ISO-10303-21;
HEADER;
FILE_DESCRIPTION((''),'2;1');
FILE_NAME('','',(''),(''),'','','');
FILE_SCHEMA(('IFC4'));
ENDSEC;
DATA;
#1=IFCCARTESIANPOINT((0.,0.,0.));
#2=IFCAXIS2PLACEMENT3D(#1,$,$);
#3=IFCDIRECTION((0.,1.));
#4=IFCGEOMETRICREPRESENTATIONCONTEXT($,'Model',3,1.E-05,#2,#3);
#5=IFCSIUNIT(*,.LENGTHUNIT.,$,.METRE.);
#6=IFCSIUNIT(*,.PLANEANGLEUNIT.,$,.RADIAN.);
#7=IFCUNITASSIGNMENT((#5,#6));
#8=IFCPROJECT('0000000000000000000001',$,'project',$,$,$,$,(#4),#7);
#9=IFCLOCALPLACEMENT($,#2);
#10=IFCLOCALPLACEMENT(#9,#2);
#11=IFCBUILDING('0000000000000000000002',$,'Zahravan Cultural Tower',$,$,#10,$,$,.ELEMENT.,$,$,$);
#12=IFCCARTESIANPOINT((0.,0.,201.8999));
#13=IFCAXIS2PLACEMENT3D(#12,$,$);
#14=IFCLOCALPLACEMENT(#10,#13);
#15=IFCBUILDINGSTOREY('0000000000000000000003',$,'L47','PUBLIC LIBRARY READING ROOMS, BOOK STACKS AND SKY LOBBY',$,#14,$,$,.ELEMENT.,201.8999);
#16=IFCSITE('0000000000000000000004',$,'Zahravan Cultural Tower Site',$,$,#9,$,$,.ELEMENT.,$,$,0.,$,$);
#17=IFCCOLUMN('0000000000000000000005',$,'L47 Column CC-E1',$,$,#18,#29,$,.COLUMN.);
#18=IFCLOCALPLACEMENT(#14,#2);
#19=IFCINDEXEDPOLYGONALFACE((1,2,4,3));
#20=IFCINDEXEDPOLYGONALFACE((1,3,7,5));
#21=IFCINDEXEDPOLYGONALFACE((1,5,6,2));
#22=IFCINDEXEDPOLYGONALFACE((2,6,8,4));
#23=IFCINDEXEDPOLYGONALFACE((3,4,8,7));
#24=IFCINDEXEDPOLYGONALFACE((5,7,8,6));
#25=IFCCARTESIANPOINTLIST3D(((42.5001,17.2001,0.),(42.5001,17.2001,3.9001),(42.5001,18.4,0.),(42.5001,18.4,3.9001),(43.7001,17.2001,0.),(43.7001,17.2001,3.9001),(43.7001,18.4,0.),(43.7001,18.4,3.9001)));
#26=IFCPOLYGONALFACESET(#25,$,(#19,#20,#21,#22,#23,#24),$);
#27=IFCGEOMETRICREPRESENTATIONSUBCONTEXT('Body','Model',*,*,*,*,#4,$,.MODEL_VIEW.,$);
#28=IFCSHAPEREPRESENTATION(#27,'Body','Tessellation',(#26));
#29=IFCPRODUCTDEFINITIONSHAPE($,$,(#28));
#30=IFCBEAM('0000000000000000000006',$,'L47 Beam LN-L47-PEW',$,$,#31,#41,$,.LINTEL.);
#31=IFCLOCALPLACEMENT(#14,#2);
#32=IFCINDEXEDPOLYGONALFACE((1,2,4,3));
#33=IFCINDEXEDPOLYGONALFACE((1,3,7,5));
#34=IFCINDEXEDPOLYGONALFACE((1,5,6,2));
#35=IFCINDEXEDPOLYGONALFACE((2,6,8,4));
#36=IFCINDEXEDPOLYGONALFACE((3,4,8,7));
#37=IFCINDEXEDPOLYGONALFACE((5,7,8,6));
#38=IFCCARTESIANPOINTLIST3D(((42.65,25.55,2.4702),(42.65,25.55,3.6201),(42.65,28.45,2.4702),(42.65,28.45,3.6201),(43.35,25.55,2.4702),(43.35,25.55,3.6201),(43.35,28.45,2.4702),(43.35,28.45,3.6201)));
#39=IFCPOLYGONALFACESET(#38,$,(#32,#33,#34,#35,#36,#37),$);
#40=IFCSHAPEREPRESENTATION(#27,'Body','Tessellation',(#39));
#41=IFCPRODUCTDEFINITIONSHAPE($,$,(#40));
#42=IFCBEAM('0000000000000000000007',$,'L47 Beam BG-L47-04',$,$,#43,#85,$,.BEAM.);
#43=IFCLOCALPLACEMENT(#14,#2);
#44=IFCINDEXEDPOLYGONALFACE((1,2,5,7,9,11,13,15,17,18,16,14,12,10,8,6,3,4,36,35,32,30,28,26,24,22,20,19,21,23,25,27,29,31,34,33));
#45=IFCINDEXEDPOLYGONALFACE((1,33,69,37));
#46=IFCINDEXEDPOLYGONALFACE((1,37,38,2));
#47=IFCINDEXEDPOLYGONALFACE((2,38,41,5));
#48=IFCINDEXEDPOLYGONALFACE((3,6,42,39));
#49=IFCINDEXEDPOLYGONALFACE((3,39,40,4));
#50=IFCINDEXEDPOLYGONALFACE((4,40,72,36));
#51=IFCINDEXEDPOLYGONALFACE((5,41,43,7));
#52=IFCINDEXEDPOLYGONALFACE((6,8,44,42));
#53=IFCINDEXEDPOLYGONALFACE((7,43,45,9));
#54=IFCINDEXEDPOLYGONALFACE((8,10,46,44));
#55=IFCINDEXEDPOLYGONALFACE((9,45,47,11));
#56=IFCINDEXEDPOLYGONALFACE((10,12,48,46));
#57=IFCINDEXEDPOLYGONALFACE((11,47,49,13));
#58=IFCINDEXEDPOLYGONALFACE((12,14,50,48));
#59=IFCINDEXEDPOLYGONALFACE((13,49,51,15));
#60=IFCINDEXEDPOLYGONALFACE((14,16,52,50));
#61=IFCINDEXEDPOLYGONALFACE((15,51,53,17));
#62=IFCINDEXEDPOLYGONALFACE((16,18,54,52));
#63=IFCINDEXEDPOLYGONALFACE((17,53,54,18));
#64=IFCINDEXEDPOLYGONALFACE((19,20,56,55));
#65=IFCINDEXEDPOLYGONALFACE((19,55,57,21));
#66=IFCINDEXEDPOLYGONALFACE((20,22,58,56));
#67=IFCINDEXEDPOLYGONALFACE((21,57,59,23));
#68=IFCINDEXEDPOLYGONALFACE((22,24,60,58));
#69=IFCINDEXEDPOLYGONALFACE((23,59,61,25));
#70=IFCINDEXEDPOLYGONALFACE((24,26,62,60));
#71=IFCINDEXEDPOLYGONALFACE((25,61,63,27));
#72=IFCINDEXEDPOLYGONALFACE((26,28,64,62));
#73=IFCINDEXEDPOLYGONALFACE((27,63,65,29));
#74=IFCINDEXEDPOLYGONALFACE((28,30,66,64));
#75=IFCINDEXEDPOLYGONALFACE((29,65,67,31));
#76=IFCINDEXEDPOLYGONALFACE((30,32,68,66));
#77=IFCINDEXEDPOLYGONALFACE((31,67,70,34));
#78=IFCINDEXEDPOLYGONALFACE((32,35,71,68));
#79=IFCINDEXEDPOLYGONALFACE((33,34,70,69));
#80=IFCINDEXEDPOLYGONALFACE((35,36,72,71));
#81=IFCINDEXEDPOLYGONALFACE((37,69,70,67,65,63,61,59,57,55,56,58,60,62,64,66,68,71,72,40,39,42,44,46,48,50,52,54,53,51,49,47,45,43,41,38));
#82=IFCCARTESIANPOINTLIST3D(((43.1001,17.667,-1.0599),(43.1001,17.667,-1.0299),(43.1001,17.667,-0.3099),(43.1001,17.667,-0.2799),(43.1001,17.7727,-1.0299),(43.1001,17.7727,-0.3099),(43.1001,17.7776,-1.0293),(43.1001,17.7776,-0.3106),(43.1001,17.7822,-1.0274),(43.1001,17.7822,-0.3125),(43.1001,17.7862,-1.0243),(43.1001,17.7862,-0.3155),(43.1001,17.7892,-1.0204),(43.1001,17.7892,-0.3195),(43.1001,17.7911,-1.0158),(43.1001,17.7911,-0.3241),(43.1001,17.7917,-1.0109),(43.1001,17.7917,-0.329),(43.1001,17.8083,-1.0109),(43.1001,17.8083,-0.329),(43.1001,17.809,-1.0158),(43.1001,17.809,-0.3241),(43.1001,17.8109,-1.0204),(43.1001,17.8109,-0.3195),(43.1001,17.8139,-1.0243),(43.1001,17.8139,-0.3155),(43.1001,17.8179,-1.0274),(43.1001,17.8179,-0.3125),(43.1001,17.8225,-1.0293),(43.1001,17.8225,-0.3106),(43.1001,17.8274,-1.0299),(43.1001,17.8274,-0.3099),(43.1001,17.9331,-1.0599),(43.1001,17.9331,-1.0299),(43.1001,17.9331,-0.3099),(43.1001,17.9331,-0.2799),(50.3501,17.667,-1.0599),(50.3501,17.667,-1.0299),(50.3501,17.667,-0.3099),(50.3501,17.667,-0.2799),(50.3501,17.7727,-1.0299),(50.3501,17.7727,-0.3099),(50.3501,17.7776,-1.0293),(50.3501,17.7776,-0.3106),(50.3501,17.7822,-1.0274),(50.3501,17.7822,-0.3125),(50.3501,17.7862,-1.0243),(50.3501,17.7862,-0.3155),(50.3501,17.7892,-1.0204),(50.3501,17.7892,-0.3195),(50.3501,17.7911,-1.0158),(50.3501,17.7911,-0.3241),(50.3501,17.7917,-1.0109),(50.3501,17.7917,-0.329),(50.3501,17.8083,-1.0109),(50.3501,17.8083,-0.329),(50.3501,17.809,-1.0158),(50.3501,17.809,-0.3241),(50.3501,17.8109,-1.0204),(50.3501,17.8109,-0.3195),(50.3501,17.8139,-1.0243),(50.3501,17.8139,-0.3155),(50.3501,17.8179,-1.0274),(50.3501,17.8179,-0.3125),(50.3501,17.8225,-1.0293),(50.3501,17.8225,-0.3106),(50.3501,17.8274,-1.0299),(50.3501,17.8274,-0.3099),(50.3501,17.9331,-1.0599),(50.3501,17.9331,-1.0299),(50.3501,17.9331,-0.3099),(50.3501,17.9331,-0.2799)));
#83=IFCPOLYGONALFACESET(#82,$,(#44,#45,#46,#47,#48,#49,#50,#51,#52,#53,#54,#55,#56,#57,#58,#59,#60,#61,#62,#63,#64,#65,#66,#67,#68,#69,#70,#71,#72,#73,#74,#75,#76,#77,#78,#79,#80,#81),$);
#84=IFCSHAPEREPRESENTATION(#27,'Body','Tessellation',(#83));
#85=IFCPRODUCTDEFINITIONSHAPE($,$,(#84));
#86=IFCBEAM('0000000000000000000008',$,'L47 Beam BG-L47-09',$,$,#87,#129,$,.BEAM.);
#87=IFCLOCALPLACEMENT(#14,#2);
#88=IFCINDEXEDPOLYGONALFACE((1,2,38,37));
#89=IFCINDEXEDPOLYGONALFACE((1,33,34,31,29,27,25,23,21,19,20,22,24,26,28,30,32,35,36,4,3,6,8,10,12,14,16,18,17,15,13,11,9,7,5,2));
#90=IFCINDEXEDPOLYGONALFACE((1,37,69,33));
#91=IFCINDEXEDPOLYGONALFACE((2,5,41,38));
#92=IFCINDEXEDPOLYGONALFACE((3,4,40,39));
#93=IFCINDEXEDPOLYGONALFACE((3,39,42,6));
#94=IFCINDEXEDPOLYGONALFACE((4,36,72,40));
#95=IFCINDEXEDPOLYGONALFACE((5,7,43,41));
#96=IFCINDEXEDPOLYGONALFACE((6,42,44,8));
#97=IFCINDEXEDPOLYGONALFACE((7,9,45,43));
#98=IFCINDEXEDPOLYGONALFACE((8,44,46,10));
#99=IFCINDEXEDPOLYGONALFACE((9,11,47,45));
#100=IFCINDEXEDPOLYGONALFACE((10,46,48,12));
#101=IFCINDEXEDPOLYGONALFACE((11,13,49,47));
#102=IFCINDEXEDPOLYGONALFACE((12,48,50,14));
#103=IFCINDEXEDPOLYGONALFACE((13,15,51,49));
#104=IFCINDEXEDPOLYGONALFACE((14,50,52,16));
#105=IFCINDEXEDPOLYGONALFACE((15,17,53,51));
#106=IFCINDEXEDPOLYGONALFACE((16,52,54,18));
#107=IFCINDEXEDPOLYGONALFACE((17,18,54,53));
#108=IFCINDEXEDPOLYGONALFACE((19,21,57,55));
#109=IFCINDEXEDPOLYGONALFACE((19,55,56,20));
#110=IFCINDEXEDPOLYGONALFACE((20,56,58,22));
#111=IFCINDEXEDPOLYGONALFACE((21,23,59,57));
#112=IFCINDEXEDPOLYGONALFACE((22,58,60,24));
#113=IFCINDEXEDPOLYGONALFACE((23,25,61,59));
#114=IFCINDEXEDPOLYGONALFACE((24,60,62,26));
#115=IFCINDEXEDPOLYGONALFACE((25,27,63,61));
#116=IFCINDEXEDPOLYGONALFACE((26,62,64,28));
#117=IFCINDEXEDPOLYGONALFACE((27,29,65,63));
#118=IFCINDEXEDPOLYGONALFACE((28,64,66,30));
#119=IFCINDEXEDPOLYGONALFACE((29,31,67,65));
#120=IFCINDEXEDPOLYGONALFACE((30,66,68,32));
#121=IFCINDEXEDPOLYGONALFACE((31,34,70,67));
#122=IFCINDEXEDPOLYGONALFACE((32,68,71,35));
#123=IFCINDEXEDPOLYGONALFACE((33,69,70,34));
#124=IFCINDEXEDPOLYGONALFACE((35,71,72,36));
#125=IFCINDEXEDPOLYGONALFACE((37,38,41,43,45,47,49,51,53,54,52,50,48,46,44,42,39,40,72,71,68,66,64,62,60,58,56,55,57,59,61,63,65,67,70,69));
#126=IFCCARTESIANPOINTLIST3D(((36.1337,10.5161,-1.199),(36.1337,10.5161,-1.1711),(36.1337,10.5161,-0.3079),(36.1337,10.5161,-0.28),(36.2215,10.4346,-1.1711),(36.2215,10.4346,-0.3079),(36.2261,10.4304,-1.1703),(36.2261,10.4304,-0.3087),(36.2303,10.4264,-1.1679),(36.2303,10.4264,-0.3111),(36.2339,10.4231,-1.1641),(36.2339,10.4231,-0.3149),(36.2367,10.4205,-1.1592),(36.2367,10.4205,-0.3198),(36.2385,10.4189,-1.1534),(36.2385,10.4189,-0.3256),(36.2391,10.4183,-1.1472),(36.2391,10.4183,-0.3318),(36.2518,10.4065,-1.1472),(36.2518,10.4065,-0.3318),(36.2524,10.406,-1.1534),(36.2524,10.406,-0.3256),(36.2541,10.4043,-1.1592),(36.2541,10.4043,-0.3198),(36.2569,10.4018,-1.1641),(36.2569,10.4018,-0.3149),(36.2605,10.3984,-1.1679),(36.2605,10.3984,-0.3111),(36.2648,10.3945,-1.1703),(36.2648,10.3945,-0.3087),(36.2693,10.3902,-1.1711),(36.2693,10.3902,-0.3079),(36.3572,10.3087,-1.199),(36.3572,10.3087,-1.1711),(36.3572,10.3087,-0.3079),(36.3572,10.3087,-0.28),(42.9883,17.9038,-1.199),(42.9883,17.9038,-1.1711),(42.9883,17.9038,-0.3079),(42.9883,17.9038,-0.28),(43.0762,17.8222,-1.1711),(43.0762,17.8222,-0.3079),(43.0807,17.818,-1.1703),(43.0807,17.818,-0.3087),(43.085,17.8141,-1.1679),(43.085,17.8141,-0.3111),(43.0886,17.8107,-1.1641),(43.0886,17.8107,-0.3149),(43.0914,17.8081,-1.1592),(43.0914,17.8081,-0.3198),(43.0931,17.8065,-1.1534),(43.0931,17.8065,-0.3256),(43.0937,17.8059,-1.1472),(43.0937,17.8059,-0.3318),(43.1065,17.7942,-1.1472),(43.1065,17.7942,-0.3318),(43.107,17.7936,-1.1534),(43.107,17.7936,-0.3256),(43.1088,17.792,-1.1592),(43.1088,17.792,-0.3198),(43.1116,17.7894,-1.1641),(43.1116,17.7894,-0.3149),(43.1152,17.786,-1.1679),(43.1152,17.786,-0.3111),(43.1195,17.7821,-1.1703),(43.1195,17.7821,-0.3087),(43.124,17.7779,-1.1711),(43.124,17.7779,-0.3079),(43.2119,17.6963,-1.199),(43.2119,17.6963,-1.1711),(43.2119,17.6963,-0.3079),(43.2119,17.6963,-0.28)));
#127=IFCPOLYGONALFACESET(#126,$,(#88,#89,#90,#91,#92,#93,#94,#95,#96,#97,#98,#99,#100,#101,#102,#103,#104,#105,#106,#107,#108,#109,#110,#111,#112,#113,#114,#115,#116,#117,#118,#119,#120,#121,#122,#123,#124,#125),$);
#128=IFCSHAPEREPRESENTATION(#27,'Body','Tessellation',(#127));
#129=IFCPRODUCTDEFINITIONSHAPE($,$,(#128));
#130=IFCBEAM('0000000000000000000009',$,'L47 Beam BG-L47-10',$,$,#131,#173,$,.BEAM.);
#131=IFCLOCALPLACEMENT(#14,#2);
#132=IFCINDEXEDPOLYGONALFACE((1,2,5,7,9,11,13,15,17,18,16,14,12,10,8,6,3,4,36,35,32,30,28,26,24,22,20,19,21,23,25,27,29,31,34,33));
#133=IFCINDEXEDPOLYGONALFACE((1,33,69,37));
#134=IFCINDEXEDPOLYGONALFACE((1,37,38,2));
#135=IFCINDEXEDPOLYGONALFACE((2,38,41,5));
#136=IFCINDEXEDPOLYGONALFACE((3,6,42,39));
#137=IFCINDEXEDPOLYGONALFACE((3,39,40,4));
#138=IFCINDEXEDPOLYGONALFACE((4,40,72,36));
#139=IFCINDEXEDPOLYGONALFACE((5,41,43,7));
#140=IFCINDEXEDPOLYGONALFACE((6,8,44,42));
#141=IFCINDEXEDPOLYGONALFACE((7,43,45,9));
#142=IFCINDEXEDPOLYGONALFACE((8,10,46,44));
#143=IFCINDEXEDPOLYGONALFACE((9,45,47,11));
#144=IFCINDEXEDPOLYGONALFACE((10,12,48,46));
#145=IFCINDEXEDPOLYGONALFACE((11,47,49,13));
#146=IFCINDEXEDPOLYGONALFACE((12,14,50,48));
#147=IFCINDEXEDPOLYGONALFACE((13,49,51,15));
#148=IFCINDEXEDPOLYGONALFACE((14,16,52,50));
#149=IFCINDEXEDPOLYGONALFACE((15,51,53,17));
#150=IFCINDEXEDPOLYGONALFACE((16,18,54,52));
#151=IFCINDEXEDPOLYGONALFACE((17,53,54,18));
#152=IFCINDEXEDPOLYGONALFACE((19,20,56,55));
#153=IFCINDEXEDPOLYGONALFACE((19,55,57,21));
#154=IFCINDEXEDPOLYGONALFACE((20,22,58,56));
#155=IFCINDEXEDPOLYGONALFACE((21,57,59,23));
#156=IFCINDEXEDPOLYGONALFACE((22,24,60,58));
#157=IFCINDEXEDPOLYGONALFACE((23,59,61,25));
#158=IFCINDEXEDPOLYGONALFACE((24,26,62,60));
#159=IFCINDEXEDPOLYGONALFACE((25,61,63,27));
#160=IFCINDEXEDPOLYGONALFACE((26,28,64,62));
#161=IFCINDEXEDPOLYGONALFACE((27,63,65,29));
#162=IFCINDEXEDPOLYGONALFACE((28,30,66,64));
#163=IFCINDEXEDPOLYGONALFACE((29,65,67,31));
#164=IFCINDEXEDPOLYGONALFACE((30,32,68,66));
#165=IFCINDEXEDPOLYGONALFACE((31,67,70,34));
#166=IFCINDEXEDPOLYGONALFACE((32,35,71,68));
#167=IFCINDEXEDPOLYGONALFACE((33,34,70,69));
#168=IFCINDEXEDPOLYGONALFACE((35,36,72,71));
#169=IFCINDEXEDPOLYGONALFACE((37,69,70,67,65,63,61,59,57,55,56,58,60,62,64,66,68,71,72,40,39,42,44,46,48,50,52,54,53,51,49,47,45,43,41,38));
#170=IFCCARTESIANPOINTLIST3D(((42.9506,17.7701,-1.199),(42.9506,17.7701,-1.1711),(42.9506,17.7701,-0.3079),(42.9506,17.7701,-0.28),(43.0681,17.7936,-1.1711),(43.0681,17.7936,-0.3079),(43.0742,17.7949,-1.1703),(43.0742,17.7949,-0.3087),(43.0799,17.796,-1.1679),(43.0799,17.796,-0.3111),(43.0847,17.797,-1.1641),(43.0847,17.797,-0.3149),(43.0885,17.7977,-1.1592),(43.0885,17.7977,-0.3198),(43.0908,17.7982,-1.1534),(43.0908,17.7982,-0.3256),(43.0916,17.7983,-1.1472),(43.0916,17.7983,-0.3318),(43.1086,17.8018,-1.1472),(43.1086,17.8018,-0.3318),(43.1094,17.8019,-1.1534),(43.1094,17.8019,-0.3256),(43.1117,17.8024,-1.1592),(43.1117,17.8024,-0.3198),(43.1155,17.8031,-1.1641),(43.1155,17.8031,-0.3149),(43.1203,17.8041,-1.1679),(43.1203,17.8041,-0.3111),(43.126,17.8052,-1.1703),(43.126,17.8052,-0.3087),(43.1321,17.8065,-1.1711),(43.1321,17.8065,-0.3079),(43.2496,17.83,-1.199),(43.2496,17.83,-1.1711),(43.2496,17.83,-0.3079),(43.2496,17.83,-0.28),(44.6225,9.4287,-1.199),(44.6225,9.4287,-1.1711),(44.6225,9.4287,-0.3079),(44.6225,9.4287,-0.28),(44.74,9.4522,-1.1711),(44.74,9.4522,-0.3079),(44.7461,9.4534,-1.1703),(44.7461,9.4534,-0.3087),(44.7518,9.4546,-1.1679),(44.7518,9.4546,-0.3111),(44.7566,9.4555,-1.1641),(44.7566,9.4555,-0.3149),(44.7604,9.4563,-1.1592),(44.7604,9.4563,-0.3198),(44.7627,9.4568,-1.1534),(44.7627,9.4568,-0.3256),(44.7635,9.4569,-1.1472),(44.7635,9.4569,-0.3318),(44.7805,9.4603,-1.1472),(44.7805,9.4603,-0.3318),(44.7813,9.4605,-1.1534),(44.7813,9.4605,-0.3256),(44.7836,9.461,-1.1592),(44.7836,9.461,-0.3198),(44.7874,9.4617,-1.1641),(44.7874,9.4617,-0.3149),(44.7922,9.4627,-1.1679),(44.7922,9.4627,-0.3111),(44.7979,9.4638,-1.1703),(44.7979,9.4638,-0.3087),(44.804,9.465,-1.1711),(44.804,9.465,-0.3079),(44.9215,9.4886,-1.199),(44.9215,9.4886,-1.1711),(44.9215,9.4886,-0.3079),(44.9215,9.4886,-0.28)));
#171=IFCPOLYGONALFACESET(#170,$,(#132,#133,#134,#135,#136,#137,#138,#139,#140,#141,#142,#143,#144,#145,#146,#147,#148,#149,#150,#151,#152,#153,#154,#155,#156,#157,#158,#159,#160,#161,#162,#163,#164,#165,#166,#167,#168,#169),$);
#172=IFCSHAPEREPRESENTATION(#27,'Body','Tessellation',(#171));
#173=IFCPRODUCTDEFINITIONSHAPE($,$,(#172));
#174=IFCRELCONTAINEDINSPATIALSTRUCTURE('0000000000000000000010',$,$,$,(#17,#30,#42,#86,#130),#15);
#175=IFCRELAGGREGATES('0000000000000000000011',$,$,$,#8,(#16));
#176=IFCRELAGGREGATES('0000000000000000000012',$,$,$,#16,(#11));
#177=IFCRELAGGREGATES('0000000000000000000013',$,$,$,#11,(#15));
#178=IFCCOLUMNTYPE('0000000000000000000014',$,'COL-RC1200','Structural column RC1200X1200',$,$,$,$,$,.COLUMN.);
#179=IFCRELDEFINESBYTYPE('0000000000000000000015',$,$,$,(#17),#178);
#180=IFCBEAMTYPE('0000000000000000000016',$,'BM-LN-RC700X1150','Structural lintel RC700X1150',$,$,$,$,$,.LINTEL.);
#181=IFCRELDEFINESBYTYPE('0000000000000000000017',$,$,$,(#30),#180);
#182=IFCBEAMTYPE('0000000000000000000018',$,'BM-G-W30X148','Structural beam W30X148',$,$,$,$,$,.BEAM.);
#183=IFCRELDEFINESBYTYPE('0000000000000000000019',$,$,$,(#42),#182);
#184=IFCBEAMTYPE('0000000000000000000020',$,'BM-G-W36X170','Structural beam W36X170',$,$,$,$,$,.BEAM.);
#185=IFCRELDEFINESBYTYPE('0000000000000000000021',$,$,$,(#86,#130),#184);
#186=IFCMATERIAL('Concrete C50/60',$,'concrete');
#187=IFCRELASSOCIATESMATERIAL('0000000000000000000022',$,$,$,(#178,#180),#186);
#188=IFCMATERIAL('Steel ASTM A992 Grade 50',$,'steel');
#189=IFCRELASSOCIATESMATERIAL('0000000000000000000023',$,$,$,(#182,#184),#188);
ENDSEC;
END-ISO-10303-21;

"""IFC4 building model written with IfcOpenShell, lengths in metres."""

from ifc_helpers import new_model, si_unit, direction, frame, origin, origin_2d, place, context, subcontext, project, spatial, rectangle, i_section, extrude, source, transform, mapped, material, material_profile, profile_set, type_object, element, save


model = new_model("IFC4")

# Units and contexts
model_context = context("Model", 3, precision=1e-05, world=origin(), true_north=direction((0.0, 1.0)))
body_context = subcontext(model_context, "Body", "Model", "MODEL_VIEW")
ifc_project = project(units=[si_unit("LENGTHUNIT", "METRE"), si_unit("PLANEANGLEUNIT", "RADIAN")], contexts=[model_context])

# Site, building, storey
site_placement = place(None, origin())
site = spatial("IfcSite", under=ifc_project, at=site_placement, Name="Zahravan Cultural Tower Site", CompositionType="ELEMENT", RefElevation=0.0)
building_placement = place(site_placement, origin())
building = spatial("IfcBuilding", under=site, at=building_placement, Name="Zahravan Cultural Tower", CompositionType="ELEMENT")
storey_placement = place(building_placement, frame((0.0, 0.0, 201.8999)))
storey = spatial("IfcBuildingStorey", under=building, at=storey_placement, Name="L47", Description="PUBLIC LIBRARY READING ROOMS, BOOK STACKS AND SKY LOBBY", CompositionType="ELEMENT", Elevation=201.8999)

# Column
ifc_material_1 = material(Name="Concrete C50/60", Category="concrete")
ifc_material_profile_1 = material_profile(ifc_material_1, rectangle(XDim=1.2, YDim=1.2, at=origin_2d()), Name="RC1200X1200")
ifc_profile_set_1 = profile_set([ifc_material_profile_1], Name="Concrete C50/60")
column_type = type_object("IfcColumnType", Name="COL-RC1200", Description="Structural column RC1200X1200", PredefinedType="COLUMN", material=ifc_profile_set_1)
shared_shape_1 = source(origin(), body_context, "Body", "SweptSolid", [
    extrude(rectangle(XDim=1.2, YDim=1.2, at=origin_2d()), origin(), (0.0, 0.0, 1.0), 3.9001),
])
column_placement = place(storey_placement, frame((43.1001, 17.8, 0.0), z_axis=(0.0, 0.0, 1.0), x_axis=(1.0, 0.0, 0.0)))
element("IfcColumn", 1, at=column_placement, inside=storey, type_object=column_type, Name="L47 Column CC-E1", PredefinedType="COLUMN", context=body_context, shape_type="MappedRepresentation", body=[
    mapped(shared_shape_1, transform((0.0, 0.0, 0.0), x_axis=(1.0, 0.0, 0.0), y_axis=(0.0, 1.0, 0.0), z_axis=(0.0, 0.0, 1.0), scale=1.0)),
])

# Beams
ifc_material_profile_2 = material_profile(ifc_material_1, rectangle(XDim=0.7, YDim=1.1499, at=origin_2d()), Name="RC700X1150")
ifc_profile_set_2 = profile_set([ifc_material_profile_2], Name="Concrete C50/60")
beam_type_1 = type_object("IfcBeamType", Name="BM-LN-RC700X1150", Description="Structural lintel RC700X1150", PredefinedType="LINTEL", material=ifc_profile_set_2)
shared_shape_2 = source(origin(), body_context, "Body", "SweptSolid", [
    extrude(rectangle(XDim=0.7, YDim=1.1499, at=origin_2d()), origin(), (0.0, 0.0, 1.0), 2.8999),
])
beam_1_placement = place(storey_placement, frame((43.0, 25.55, 3.0452), z_axis=(0.0, 1.0, 0.0), x_axis=(-1.0, 0.0, 0.0)))
element("IfcBeam", 2, at=beam_1_placement, inside=storey, type_object=beam_type_1, Name="L47 Beam LN-L47-PEW", PredefinedType="LINTEL", context=body_context, shape_type="MappedRepresentation", body=[
    mapped(shared_shape_2, transform((0.0, 0.0, 0.0), x_axis=(1.0, 0.0, 0.0), y_axis=(0.0, 1.0, 0.0), z_axis=(0.0, 0.0, 1.0), scale=1.0)),
])
ifc_material_2 = material(Name="Steel ASTM A992 Grade 50", Category="steel")
ifc_material_profile_3 = material_profile(ifc_material_2, i_section(OverallWidth=0.2661, OverallDepth=0.78, WebThickness=0.0166, FlangeThickness=0.03, FilletRadius=0.019, at=origin_2d()), Name="W30X148")
ifc_profile_set_3 = profile_set([ifc_material_profile_3], Name="Steel ASTM A992 Grade 50")
beam_type_2 = type_object("IfcBeamType", Name="BM-G-W30X148", Description="Structural beam W30X148", PredefinedType="BEAM", material=ifc_profile_set_3)
shared_shape_3 = source(origin(), body_context, "Body", "SweptSolid", [
    extrude(i_section(OverallWidth=0.2661, OverallDepth=0.78, WebThickness=0.0166, FlangeThickness=0.03, FilletRadius=0.019, at=origin_2d()), origin(), (0.0, 0.0, 1.0), 7.25),
])
beam_2_placement = place(storey_placement, frame((43.1001, 17.8, -0.6699), z_axis=(1.0, 0.0, 0.0), x_axis=(0.0, 1.0, 0.0)))
element("IfcBeam", 3, at=beam_2_placement, inside=storey, type_object=beam_type_2, Name="L47 Beam BG-L47-04", PredefinedType="BEAM", context=body_context, shape_type="MappedRepresentation", body=[
    mapped(shared_shape_3, transform((0.0, 0.0, 0.0), x_axis=(1.0, 0.0, 0.0), y_axis=(0.0, 1.0, 0.0), z_axis=(0.0, 0.0, 1.0), scale=1.0)),
])
ifc_material_profile_4 = material_profile(ifc_material_2, i_section(OverallWidth=0.3049, OverallDepth=0.9189, WebThickness=0.0173, FlangeThickness=0.0278, FilletRadius=0.0239, at=origin_2d()), Name="W36X170")
ifc_profile_set_4 = profile_set([ifc_material_profile_4], Name="Steel ASTM A992 Grade 50")
beam_type_3 = type_object("IfcBeamType", Name="BM-G-W36X170", Description="Structural beam W36X170", PredefinedType="BEAM", material=ifc_profile_set_4)
shared_shape_4 = source(origin(), body_context, "Body", "SweptSolid", [
    extrude(i_section(OverallWidth=0.3049, OverallDepth=0.9189, WebThickness=0.0173, FlangeThickness=0.0278, FilletRadius=0.0239, at=origin_2d()), origin(), (0.0, 0.0, 1.0), 10.0779),
])
beam_3_placement = place(storey_placement, frame((43.1001, 17.8, -0.7395), z_axis=(-0.68017, -0.733054, 0.0), x_axis=(0.733054, -0.68017, 0.0)))
element("IfcBeam", 4, at=beam_3_placement, inside=storey, type_object=beam_type_3, Name="L47 Beam BG-L47-09", PredefinedType="BEAM", context=body_context, shape_type="MappedRepresentation", body=[
    mapped(shared_shape_4, transform((0.0, 0.0, 0.0), x_axis=(1.0, 0.0, 0.0), y_axis=(0.0, 1.0, 0.0), z_axis=(0.0, 0.0, 1.0), scale=1.0)),
])
shared_shape_5 = source(origin(), body_context, "Body", "SweptSolid", [
    extrude(i_section(OverallWidth=0.3049, OverallDepth=0.9189, WebThickness=0.0173, FlangeThickness=0.0278, FilletRadius=0.0239, at=origin_2d()), origin(), (0.0, 0.0, 1.0), 8.5073),
])
beam_4_placement = place(storey_placement, frame((43.1001, 17.8, -0.7395), z_axis=(0.196525, -0.980499, 0.0), x_axis=(0.980499, 0.196525, 0.0)))
element("IfcBeam", 5, at=beam_4_placement, inside=storey, type_object=beam_type_3, Name="L47 Beam BG-L47-10", PredefinedType="BEAM", context=body_context, shape_type="MappedRepresentation", body=[
    mapped(shared_shape_5, transform((0.0, 0.0, 0.0), x_axis=(1.0, 0.0, 0.0), y_axis=(0.0, 1.0, 0.0), z_axis=(0.0, 0.0, 1.0), scale=1.0)),
])

save(model, "model.ifc")
